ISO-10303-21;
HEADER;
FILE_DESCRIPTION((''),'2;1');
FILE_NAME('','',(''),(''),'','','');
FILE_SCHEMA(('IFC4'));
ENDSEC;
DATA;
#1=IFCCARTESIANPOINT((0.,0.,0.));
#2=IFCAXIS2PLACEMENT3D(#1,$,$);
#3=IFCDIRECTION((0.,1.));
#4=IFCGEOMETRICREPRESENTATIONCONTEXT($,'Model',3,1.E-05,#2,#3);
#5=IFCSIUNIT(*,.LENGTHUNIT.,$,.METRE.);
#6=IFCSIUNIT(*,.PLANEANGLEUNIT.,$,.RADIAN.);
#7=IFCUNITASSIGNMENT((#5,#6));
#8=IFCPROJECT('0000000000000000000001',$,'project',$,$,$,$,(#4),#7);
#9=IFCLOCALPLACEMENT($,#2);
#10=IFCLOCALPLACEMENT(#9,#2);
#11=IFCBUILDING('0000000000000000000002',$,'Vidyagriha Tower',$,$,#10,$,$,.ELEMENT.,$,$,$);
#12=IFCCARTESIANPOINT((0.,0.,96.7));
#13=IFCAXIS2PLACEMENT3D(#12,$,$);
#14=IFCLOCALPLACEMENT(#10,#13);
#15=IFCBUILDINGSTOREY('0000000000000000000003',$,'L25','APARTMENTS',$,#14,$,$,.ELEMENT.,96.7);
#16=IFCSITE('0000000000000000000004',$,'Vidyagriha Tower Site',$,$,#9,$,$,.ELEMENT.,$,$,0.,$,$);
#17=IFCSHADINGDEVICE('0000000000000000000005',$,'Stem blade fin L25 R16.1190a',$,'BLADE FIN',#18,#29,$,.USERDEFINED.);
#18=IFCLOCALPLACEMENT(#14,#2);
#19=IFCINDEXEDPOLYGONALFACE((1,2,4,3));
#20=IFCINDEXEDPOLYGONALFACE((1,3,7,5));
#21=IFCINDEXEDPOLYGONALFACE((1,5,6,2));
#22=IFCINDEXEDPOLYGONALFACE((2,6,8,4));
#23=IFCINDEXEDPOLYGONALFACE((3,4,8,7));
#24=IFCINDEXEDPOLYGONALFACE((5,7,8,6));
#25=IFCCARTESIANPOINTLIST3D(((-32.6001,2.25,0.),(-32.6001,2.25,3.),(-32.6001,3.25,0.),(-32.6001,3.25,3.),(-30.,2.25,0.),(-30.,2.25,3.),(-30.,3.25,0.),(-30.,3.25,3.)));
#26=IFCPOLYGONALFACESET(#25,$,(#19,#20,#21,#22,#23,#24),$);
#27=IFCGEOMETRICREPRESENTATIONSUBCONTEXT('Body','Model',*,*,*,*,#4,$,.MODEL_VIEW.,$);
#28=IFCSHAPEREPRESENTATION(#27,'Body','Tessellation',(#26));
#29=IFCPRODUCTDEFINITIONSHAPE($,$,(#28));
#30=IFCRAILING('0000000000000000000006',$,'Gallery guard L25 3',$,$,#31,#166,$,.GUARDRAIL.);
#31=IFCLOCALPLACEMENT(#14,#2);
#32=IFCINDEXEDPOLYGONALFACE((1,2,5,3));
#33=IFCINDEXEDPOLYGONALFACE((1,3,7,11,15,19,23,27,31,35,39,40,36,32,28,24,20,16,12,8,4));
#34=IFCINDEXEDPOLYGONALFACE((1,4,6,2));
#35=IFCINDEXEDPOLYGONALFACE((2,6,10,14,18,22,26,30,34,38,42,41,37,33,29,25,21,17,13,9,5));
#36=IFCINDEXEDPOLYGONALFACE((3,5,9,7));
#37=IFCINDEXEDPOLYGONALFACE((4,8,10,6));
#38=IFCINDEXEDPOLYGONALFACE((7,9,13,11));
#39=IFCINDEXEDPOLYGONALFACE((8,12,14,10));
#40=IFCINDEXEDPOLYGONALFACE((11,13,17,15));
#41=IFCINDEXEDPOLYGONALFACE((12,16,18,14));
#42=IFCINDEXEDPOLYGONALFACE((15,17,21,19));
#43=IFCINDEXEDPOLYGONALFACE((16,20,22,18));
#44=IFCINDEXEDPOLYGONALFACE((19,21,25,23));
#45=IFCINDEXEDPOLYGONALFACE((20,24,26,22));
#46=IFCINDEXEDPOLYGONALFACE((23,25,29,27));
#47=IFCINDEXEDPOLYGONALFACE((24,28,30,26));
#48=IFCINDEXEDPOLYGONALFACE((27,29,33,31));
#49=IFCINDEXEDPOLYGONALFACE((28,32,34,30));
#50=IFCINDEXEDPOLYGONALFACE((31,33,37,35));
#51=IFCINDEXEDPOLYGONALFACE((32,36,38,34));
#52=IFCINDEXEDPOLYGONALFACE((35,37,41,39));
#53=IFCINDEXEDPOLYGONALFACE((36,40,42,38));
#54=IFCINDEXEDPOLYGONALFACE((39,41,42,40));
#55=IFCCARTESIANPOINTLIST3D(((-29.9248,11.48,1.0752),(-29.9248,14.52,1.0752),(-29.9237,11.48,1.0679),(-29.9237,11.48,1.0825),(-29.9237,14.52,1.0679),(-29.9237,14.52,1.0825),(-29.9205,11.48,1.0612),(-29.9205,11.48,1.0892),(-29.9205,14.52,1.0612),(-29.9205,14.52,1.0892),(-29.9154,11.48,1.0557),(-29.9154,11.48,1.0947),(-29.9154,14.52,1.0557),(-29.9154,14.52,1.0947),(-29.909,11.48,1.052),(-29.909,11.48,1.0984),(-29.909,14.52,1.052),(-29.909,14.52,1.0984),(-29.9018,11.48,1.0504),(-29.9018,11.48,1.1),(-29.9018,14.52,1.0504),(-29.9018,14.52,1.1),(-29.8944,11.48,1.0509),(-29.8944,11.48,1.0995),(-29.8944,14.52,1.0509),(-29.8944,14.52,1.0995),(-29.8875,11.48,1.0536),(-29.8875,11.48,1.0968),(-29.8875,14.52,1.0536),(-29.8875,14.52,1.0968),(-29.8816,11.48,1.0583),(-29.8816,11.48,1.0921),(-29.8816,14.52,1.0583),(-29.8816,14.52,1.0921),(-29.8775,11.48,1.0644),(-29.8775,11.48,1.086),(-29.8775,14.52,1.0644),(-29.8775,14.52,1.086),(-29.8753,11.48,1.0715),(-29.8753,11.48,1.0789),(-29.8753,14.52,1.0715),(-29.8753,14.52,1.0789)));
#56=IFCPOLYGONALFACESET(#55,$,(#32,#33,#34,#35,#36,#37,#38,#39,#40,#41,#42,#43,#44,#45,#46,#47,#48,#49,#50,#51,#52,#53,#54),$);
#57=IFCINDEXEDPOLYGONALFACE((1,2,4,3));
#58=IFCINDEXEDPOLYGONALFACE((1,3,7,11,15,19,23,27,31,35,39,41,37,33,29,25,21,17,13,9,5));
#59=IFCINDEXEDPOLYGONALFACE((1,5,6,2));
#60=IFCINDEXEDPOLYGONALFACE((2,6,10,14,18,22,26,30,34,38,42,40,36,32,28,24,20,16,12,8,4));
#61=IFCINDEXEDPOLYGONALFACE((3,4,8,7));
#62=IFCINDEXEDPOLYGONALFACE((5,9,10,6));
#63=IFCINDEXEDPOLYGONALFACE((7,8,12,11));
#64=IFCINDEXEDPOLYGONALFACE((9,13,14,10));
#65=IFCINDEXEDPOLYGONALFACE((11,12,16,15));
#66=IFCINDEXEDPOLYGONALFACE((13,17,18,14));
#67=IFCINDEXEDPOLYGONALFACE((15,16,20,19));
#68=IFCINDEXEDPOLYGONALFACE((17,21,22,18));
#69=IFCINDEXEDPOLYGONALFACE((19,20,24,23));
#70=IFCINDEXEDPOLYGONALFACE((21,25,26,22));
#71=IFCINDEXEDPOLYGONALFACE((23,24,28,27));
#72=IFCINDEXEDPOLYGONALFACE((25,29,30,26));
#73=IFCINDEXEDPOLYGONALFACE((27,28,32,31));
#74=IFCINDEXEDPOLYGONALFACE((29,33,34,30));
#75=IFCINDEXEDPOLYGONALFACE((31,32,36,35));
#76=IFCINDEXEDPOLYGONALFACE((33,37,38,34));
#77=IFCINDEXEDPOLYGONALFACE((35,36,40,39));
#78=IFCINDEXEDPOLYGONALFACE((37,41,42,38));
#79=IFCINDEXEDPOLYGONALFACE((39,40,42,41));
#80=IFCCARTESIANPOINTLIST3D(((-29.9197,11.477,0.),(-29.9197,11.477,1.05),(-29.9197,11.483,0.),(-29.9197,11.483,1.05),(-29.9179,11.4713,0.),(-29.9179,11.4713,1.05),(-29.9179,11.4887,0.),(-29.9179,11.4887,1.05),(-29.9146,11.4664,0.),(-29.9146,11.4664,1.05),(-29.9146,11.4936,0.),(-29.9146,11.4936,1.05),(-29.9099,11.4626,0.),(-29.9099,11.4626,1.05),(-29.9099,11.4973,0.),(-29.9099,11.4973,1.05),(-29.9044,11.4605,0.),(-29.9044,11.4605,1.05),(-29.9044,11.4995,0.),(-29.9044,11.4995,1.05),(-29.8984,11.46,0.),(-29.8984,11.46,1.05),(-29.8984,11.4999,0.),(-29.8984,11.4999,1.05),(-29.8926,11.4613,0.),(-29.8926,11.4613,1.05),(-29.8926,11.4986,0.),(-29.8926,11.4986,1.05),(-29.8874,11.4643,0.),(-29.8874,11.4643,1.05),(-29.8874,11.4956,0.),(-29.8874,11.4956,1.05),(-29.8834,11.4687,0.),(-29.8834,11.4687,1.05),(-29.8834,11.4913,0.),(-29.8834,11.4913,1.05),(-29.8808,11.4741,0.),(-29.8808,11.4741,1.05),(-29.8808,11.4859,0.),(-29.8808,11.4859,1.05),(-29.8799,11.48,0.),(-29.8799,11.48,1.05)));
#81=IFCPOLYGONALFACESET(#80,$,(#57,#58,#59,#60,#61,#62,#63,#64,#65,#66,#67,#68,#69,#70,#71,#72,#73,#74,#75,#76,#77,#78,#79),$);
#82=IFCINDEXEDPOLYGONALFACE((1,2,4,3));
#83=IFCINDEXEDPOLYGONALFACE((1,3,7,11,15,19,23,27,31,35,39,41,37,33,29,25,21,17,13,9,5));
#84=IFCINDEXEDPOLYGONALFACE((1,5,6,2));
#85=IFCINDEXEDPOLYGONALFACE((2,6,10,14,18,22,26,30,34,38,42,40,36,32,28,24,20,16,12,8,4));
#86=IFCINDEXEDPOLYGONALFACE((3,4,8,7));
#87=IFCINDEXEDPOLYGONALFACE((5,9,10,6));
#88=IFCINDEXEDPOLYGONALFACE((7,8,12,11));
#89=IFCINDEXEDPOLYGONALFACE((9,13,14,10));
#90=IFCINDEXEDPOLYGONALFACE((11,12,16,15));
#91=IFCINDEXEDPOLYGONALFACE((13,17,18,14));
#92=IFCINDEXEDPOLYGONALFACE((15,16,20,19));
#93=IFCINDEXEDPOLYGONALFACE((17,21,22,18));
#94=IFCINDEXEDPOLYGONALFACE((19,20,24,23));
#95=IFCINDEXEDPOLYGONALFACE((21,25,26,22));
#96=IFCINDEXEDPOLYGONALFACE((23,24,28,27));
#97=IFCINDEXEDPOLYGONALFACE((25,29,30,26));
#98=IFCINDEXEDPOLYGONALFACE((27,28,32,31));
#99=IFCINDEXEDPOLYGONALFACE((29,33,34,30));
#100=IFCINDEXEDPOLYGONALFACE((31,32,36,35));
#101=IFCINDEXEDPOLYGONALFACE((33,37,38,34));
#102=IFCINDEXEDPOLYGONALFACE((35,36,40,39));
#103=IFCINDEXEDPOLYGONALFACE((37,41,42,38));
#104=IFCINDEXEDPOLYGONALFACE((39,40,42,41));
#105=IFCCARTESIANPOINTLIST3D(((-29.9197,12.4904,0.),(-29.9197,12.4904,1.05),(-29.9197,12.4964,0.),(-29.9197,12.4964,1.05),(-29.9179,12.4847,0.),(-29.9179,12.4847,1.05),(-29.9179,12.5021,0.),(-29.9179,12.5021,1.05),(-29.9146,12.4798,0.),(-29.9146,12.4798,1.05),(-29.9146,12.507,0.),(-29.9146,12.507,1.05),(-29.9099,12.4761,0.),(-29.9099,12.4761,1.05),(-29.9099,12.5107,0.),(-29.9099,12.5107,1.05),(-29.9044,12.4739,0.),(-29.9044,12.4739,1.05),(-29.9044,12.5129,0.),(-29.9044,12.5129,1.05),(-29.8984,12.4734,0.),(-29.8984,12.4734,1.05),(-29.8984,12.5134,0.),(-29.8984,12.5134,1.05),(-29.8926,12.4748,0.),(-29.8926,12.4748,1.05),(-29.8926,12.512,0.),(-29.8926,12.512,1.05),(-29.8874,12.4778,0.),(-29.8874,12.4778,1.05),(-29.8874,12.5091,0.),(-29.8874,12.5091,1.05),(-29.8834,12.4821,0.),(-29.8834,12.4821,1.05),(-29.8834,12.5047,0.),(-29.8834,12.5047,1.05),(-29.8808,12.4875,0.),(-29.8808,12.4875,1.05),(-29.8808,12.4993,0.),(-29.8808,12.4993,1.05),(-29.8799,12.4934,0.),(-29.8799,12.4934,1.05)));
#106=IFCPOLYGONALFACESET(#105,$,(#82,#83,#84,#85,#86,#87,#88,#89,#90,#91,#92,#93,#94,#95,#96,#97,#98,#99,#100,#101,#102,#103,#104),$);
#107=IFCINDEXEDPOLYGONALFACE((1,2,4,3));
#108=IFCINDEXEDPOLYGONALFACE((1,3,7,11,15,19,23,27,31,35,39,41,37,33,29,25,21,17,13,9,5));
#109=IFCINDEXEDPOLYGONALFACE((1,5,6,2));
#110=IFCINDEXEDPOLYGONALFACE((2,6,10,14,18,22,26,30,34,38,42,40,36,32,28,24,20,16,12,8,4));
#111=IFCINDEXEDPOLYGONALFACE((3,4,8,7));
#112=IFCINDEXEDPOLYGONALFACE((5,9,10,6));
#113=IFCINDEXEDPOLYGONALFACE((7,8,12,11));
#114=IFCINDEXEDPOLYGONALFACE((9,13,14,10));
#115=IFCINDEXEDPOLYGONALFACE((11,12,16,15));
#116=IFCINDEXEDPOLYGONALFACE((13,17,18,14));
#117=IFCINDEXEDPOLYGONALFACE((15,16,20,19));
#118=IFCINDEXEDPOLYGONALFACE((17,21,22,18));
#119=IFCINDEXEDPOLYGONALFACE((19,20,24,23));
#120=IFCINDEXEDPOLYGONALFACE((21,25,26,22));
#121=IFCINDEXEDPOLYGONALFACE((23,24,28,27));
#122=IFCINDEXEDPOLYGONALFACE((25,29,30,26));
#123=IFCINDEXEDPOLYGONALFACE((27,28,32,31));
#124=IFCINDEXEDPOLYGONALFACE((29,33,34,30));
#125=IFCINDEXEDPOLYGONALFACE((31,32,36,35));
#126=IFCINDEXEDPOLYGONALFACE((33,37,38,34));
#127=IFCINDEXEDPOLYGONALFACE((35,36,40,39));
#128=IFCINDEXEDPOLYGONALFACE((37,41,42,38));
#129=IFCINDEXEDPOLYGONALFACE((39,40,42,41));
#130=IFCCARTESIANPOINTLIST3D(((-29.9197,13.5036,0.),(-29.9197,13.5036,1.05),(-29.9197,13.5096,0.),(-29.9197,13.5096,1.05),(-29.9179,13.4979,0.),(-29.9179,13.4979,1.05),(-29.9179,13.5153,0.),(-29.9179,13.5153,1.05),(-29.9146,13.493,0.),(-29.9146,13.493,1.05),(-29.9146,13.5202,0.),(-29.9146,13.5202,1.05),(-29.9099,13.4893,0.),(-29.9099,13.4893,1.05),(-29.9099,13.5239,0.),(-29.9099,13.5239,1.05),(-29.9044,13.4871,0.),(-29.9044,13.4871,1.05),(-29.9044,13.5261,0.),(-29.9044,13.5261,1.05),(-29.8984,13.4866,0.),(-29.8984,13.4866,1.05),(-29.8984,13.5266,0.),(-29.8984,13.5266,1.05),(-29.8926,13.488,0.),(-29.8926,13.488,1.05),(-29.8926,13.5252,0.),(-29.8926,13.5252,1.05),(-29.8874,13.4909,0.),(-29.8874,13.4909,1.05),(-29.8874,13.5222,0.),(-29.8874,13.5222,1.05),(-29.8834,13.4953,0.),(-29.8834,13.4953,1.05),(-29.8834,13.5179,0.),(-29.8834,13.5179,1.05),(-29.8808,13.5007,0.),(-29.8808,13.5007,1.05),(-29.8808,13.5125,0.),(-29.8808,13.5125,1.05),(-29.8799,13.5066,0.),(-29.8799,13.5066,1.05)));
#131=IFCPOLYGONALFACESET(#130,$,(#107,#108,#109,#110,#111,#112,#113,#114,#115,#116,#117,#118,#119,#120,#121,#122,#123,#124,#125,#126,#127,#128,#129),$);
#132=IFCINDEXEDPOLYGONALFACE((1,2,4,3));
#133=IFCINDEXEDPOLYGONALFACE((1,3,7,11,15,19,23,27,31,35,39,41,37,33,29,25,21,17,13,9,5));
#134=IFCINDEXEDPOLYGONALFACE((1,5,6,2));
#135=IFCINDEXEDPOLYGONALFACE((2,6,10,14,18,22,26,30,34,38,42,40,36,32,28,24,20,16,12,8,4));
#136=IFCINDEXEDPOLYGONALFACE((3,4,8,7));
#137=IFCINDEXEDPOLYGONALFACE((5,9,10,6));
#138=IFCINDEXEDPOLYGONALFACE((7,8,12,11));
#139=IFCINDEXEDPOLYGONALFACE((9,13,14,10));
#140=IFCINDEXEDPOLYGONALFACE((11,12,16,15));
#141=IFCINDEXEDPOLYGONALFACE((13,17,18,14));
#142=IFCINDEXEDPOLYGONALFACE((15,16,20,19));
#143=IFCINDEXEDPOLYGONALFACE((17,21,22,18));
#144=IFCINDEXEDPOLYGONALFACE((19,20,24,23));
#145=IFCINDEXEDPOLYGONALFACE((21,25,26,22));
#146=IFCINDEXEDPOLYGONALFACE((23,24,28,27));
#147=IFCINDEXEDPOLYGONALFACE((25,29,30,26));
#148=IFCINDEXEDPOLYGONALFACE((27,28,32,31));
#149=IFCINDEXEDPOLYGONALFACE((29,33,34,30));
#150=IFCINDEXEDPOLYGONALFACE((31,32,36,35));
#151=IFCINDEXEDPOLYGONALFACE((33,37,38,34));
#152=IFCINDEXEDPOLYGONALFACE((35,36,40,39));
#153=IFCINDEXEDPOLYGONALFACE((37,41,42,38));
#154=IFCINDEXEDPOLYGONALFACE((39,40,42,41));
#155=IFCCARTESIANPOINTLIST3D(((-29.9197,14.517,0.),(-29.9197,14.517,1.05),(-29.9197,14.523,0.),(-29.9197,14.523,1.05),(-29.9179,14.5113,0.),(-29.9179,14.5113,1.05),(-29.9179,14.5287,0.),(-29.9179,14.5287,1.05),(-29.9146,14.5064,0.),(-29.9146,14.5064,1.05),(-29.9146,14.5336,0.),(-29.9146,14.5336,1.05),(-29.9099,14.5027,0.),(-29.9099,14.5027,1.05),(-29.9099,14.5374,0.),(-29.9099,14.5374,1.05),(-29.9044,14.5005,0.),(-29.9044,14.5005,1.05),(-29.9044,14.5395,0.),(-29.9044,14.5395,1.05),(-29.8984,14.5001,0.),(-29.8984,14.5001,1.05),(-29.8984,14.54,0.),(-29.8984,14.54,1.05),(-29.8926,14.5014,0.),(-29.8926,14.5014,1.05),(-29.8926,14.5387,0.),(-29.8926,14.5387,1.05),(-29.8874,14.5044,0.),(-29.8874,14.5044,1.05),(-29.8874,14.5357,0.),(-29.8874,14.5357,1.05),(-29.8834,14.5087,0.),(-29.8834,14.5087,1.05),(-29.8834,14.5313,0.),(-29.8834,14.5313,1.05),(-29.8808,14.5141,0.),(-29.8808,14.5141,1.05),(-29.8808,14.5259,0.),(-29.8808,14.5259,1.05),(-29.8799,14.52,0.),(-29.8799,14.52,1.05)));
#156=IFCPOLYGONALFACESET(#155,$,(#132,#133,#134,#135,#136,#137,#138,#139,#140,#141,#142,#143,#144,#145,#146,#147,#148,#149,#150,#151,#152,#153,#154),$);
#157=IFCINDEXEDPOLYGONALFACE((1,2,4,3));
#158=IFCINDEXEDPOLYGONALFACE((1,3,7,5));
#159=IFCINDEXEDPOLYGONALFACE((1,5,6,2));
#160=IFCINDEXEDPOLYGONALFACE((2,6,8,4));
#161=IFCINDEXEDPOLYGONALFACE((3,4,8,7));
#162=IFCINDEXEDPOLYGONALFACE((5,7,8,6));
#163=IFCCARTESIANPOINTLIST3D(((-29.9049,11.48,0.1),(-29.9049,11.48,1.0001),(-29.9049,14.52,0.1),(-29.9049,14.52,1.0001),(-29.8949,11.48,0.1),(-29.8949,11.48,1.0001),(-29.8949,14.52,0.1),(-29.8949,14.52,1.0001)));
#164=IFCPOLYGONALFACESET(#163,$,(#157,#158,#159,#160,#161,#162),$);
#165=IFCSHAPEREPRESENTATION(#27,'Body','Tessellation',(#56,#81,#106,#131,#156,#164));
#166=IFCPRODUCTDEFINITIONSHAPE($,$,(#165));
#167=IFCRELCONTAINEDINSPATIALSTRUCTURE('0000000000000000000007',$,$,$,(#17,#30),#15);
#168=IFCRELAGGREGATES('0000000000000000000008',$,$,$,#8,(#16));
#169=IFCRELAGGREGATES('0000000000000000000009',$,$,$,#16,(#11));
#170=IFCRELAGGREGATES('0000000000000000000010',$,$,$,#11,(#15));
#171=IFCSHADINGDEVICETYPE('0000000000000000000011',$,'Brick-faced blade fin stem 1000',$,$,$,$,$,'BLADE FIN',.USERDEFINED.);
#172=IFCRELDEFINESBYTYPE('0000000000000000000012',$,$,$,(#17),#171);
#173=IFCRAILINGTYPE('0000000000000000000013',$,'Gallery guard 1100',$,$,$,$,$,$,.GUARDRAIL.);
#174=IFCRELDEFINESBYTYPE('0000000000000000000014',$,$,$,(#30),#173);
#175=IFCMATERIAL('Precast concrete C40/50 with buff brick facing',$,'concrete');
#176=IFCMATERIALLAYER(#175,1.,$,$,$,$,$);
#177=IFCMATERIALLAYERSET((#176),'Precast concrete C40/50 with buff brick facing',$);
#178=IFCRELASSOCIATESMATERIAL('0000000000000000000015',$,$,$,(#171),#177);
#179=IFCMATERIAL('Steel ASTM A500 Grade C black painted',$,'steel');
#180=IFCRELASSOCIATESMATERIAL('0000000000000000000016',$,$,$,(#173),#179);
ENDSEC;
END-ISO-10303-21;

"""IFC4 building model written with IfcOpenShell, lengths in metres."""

from ifc_helpers import new_model, si_unit, direction, frame, origin, origin_2d, place, context, subcontext, project, spatial, polyline, rectangle, circle, outline, extrude, material, layer, layer_set, type_object, element, save


model = new_model("IFC4")

# Units and contexts
model_context = context("Model", 3, precision=1e-05, world=origin(), true_north=direction((0.0, 1.0)))
body_context = subcontext(model_context, "Body", "Model", "MODEL_VIEW")
ifc_project = project(units=[si_unit("LENGTHUNIT", "METRE"), si_unit("PLANEANGLEUNIT", "RADIAN")], contexts=[model_context])

# Site, building, storey
site_placement = place(None, origin())
site = spatial("IfcSite", under=ifc_project, at=site_placement, Name="Vidyagriha Tower Site", CompositionType="ELEMENT", RefElevation=0.0)
building_placement = place(site_placement, origin())
building = spatial("IfcBuilding", under=site, at=building_placement, Name="Vidyagriha Tower", CompositionType="ELEMENT")
storey_placement = place(building_placement, frame((0.0, 0.0, 96.7)))
storey = spatial("IfcBuildingStorey", under=building, at=storey_placement, Name="L25", Description="APARTMENTS", CompositionType="ELEMENT", Elevation=96.7)

# Shading device
ifc_material_1 = material(Name="Precast concrete C40/50 with buff brick facing", Category="concrete")
ifc_layer_1 = layer(ifc_material_1, 1.0)
ifc_layer_set_1 = layer_set([ifc_layer_1], Name="Precast concrete C40/50 with buff brick facing")
shading_device_type_1 = type_object("IfcShadingDeviceType", Name="Brick-faced blade fin stem 1000", ElementType="BLADE FIN", PredefinedType="USERDEFINED", material=ifc_layer_set_1)
shading_device_1_placement = place(storey_placement, frame((-31.3, 3.25, 0.0), z_axis=(0.0, 0.0, 1.0), x_axis=(0.0, -1.0, 0.0)))
element("IfcShadingDevice", 1, at=shading_device_1_placement, inside=storey, type_object=shading_device_type_1, Name="Stem blade fin L25 R16.1190a", ObjectType="BLADE FIN", PredefinedType="USERDEFINED", context=body_context, shape_type="SweptSolid", body=[
    extrude(outline(polyline([(0.0, 0.0), (1.0, 0.0), (1.0, 3.0), (0.0, 3.0), (0.0, 0.0)])), frame((0.0, 1.3, 0.0), z_axis=(0.0, -1.0, 0.0), x_axis=(1.0, 0.0, 0.0)), (0.0, 0.0, 1.0), 2.6001),
])

# Railing
ifc_material_2 = material(Name="Steel ASTM A500 Grade C black painted", Category="steel")
railing_type_1 = type_object("IfcRailingType", Name="Gallery guard 1100", PredefinedType="GUARDRAIL", material=ifc_material_2)
railing_1_placement = place(storey_placement, frame((-29.8999, 11.48, 0.0)))
element("IfcRailing", 2, at=railing_1_placement, inside=storey, type_object=railing_type_1, Name="Gallery guard L25 3", PredefinedType="GUARDRAIL", context=body_context, shape_type="SweptSolid", body=[
    extrude(circle(Radius=0.0249, at=origin_2d()), frame((0.0, 0.0, 1.0752), z_axis=(0.0, 1.0, 0.0), x_axis=(-1.0, 0.0, 0.0)), (0.0, 0.0, 1.0), 3.04),
    extrude(circle(Radius=0.02, at=origin_2d()), origin(), (0.0, 0.0, 1.0), 1.05),
    extrude(circle(Radius=0.02, at=origin_2d()), frame((0.0, 1.0134, 0.0)), (0.0, 0.0, 1.0), 1.05),
    extrude(circle(Radius=0.02, at=origin_2d()), frame((0.0, 2.0266, 0.0)), (0.0, 0.0, 1.0), 1.05),
    extrude(circle(Radius=0.02, at=origin_2d()), frame((0.0, 3.04, 0.0)), (0.0, 0.0, 1.0), 1.05),
    extrude(rectangle(XDim=0.01, YDim=0.9001, at=origin_2d()), frame((0.0, 0.0, 0.55), z_axis=(0.0, 1.0, 0.0), x_axis=(-1.0, 0.0, 0.0)), (0.0, 0.0, 1.0), 3.04),
])

save(model, "model.ifc")
